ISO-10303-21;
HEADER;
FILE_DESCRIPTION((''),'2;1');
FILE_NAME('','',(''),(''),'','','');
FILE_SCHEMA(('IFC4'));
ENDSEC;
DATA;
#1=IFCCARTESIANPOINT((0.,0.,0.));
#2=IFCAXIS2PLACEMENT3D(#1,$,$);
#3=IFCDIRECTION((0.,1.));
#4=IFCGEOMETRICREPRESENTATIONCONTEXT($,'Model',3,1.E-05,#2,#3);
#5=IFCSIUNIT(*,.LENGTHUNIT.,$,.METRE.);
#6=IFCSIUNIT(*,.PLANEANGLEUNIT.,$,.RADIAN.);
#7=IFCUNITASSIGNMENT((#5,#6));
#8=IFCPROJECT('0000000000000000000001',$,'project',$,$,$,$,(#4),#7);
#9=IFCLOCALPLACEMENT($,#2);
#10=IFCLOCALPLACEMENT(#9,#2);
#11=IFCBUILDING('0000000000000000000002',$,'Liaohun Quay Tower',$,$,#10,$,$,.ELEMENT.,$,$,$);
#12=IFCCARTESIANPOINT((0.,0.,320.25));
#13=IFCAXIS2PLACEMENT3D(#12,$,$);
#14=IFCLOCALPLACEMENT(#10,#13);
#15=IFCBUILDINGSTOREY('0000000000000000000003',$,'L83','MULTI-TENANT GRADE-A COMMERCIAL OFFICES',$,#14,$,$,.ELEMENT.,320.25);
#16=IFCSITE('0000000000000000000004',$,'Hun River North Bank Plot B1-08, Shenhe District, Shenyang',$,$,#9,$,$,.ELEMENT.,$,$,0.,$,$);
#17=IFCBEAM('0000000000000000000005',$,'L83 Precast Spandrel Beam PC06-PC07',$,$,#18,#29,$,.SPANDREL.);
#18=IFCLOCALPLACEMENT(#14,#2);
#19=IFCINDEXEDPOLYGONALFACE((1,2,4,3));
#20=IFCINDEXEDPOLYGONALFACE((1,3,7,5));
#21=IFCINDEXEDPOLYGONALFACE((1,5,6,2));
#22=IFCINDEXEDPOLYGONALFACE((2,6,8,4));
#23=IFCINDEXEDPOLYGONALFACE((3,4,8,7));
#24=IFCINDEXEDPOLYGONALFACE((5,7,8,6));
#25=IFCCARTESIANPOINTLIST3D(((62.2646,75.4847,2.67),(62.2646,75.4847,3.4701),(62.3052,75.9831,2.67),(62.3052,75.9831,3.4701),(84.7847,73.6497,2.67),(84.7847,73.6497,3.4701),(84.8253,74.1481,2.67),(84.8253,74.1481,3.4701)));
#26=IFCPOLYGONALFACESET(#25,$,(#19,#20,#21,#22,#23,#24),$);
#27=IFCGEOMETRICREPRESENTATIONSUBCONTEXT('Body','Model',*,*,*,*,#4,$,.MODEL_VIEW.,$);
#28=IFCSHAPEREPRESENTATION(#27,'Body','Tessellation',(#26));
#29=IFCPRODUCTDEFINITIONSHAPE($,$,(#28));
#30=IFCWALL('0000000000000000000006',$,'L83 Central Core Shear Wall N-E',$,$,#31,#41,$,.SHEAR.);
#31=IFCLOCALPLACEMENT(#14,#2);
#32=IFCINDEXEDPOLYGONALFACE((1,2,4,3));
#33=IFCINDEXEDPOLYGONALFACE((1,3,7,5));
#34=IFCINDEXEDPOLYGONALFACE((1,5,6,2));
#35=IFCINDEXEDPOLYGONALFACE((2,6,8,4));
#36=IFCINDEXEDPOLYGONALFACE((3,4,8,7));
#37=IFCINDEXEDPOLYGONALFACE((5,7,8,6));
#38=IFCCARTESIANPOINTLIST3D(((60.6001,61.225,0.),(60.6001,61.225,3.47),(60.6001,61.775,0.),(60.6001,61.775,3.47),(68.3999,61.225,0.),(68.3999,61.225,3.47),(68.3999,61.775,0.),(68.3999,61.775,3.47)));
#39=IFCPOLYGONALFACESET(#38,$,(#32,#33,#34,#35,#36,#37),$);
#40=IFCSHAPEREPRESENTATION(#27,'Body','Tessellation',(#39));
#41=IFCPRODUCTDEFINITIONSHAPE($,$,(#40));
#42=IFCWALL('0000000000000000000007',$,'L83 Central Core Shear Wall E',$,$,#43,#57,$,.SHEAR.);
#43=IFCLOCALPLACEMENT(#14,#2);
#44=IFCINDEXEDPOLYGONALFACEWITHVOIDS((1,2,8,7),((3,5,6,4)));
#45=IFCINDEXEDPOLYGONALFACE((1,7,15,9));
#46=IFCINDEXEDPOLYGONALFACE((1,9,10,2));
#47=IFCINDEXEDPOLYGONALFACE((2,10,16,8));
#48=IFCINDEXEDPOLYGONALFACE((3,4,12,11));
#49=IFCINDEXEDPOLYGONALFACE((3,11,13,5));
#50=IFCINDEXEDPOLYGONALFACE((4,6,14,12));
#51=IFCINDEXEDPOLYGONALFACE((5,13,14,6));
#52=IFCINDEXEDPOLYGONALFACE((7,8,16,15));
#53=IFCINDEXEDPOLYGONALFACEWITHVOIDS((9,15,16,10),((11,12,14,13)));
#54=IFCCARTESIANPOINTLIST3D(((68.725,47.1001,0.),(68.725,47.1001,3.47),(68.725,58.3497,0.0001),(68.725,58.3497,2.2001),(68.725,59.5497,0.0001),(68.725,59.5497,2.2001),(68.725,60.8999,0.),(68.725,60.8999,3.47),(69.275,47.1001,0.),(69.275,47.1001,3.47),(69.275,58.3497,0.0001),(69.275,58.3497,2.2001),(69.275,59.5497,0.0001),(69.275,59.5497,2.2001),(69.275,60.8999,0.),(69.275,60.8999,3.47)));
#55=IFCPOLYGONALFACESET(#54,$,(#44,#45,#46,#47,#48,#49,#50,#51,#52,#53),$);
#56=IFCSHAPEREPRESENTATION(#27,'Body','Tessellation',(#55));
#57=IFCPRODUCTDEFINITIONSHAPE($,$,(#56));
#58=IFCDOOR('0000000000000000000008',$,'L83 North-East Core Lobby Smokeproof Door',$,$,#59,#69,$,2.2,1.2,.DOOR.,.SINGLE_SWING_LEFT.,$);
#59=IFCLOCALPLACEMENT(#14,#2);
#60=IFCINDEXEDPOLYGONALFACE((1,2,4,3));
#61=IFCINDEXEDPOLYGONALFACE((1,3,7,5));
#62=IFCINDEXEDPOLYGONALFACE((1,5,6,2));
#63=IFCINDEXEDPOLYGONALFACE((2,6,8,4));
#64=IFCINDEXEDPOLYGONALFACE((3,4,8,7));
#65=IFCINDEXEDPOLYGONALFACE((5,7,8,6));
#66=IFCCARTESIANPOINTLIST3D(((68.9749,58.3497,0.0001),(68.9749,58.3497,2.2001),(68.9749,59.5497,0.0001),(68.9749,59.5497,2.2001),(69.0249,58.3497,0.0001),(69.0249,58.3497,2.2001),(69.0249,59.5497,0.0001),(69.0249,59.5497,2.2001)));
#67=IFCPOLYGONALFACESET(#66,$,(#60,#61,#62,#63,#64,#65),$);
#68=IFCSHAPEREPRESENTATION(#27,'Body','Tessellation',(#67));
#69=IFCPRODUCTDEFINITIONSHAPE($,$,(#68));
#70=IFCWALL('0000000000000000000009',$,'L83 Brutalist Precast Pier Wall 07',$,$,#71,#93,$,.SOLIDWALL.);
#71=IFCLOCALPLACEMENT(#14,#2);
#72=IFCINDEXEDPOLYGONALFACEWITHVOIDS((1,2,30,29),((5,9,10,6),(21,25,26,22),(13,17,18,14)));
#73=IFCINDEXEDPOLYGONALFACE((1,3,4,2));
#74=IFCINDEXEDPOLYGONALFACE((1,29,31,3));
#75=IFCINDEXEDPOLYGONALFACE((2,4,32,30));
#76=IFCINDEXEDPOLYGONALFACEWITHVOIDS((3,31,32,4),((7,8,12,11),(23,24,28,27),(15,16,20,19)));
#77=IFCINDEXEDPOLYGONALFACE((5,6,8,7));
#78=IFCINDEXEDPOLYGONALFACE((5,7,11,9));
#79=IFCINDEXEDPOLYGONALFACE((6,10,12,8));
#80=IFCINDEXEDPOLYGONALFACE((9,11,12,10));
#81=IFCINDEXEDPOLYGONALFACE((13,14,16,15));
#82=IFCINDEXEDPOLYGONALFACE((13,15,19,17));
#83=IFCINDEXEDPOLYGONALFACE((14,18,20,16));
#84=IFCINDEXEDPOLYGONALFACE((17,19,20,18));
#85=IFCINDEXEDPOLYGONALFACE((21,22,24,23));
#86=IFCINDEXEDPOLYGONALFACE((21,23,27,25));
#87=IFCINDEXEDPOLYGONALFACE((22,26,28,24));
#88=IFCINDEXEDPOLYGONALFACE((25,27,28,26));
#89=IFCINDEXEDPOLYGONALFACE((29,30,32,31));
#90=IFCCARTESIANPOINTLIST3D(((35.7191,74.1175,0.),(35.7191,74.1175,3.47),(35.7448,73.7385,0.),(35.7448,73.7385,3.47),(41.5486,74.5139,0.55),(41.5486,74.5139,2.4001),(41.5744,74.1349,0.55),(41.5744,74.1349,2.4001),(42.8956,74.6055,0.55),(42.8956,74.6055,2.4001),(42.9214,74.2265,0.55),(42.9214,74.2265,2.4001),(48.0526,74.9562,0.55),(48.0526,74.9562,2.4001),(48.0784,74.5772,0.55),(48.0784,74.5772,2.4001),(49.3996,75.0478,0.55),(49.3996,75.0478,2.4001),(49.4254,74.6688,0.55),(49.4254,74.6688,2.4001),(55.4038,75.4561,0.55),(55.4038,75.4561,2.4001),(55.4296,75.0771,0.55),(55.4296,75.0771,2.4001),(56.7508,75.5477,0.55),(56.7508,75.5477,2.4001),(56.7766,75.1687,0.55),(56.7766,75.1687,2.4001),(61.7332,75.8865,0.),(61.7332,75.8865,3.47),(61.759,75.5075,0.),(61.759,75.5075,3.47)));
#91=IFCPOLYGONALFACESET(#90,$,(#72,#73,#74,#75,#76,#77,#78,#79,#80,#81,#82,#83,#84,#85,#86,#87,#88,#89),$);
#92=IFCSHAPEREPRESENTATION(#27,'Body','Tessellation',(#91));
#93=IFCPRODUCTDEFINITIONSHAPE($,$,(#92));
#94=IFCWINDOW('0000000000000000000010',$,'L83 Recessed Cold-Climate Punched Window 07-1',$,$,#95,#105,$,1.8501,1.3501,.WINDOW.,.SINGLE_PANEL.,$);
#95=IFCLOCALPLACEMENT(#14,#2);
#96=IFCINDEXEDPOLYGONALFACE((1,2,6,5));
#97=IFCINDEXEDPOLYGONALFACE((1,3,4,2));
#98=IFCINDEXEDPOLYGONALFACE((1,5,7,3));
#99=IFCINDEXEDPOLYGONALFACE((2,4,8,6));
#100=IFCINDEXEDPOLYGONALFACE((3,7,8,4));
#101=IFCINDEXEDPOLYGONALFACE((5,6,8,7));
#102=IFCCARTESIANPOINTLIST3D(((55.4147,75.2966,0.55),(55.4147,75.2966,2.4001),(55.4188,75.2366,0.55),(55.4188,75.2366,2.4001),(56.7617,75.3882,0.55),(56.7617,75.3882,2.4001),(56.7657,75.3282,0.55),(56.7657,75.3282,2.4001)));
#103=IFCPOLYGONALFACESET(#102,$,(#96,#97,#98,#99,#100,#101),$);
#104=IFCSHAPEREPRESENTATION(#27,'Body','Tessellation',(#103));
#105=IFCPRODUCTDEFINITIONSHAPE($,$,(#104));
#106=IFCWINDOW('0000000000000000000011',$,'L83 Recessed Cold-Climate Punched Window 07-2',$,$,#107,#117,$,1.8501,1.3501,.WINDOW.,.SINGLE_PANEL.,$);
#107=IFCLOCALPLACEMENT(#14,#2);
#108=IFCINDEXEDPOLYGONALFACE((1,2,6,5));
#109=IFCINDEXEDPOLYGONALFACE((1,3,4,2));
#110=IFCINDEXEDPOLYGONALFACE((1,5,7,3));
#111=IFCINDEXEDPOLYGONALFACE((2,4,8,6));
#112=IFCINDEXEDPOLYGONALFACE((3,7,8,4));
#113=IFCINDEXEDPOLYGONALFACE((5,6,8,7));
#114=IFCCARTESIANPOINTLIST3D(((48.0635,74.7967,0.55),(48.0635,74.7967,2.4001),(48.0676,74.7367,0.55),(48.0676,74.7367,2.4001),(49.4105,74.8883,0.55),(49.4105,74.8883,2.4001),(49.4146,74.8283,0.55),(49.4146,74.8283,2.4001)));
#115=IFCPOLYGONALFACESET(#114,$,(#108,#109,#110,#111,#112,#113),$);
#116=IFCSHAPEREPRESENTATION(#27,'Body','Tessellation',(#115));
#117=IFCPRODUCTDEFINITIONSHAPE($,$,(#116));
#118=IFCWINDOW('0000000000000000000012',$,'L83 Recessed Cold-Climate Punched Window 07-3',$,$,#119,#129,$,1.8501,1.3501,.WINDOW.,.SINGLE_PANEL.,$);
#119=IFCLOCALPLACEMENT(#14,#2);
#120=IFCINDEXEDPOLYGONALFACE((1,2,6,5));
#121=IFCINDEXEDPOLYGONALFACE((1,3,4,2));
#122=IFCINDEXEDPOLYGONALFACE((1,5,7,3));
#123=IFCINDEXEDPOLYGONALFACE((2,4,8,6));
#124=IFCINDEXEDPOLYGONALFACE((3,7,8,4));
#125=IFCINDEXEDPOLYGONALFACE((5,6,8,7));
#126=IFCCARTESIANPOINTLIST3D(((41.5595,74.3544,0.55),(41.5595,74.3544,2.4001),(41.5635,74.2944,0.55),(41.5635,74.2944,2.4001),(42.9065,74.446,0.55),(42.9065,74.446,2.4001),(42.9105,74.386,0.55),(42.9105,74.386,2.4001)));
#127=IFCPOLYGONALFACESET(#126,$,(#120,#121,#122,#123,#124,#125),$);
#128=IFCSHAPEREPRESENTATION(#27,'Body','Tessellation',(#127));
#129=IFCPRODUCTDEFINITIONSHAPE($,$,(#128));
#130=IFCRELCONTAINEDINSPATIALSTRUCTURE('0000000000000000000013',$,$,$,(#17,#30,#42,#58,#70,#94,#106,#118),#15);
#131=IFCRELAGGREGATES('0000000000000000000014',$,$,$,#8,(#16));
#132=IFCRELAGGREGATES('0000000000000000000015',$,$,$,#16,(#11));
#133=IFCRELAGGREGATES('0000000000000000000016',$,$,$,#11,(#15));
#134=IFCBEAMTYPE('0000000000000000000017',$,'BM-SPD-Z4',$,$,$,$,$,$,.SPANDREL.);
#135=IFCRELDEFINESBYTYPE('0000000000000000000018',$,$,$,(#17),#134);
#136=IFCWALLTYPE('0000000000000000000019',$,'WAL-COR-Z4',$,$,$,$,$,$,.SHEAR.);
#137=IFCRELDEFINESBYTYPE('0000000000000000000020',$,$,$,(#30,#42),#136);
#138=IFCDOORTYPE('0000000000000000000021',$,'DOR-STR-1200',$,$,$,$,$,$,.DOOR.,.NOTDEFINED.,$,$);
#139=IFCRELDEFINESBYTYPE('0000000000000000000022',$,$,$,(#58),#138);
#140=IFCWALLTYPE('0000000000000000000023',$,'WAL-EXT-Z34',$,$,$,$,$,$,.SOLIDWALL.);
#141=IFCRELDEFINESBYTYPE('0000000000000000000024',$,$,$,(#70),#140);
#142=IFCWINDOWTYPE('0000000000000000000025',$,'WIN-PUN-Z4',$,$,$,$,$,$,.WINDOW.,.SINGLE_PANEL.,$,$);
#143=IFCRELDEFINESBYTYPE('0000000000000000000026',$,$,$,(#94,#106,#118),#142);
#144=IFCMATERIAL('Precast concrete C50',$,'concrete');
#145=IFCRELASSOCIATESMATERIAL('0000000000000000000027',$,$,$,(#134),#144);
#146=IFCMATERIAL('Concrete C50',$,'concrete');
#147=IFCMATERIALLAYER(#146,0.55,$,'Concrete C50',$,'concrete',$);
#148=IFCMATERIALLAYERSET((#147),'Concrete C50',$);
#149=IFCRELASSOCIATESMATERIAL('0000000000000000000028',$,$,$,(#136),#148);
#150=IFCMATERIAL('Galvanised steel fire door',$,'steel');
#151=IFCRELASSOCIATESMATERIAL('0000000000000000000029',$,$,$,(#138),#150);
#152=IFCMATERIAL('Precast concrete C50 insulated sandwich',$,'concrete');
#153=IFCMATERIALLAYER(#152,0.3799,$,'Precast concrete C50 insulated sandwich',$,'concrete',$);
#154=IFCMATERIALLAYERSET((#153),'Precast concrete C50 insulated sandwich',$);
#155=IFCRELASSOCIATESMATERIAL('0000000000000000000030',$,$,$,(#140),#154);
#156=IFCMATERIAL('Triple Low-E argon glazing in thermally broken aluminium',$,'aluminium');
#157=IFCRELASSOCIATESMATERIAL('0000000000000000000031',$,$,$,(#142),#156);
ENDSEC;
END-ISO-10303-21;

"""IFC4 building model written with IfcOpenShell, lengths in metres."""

from ifc_helpers import new_model, si_unit, direction, frame, frame_2d, origin, origin_2d, place, context, subcontext, project, spatial, rectangle, extrude, source, transform, mapped, material, layer, layer_set, material_profile, profile_set, type_object, element, fill, save


model = new_model("IFC4")

# Units and contexts
model_context = context("Model", 3, precision=1e-05, world=origin(), true_north=direction((0.0, 1.0)))
body_context = subcontext(model_context, "Body", "Model", "MODEL_VIEW")
ifc_project = project(units=[si_unit("LENGTHUNIT", "METRE"), si_unit("PLANEANGLEUNIT", "RADIAN")], contexts=[model_context])

# Site, building, storey
site_placement = place(None, origin())
site = spatial("IfcSite", under=ifc_project, at=site_placement, Name="Hun River North Bank Plot B1-08, Shenhe District, Shenyang", CompositionType="ELEMENT", RefElevation=0.0)
building_placement = place(site_placement, origin())
building = spatial("IfcBuilding", under=site, at=building_placement, Name="Liaohun Quay Tower", CompositionType="ELEMENT")
storey_placement = place(building_placement, frame((0.0, 0.0, 320.25)))
storey = spatial("IfcBuildingStorey", under=building, at=storey_placement, Name="L83", Description="MULTI-TENANT GRADE-A COMMERCIAL OFFICES", CompositionType="ELEMENT", Elevation=320.25)

# Shared definitions
ifc_material_1 = material(Name="Concrete C50", Category="concrete")

# Beam
ifc_material_2 = material(Name="Precast concrete C50", Category="concrete")
ifc_material_profile_1 = material_profile(ifc_material_2, rectangle(XDim=0.5, YDim=0.8, at=origin_2d()), Name="RC500x800")
ifc_profile_set_1 = profile_set([ifc_material_profile_1], Name="Precast concrete C50")
beam_type_1 = type_object("IfcBeamType", Name="BM-SPD-Z4", PredefinedType="SPANDREL", material=ifc_profile_set_1)
shared_shape_1 = source(origin(), body_context, "Body", "SweptSolid", [
    extrude(rectangle(XDim=0.5, YDim=0.8, at=origin_2d()), origin(), (0.0, 0.0, 1.0), 22.5947),
])
beam_1_placement = place(storey_placement, frame((62.2849, 75.7339, 3.0701), z_axis=(0.996697, -0.081212, 0.0), x_axis=(0.081212, 0.996697, 0.0)))
element("IfcBeam", 1, at=beam_1_placement, inside=storey, type_object=beam_type_1, Name="L83 Precast Spandrel Beam PC06-PC07", PredefinedType="SPANDREL", context=body_context, shape_type="MappedRepresentation", body=[
    mapped(shared_shape_1, transform((0.0, 0.0, 0.0), x_axis=(1.0, 0.0, 0.0), y_axis=(0.0, 1.0, 0.0), z_axis=(0.0, 0.0, 1.0), scale=1.0)),
])

# Wall
ifc_layer_1 = layer(ifc_material_1, 0.55, Name="Concrete C50", Category="concrete")
ifc_layer_set_1 = layer_set([ifc_layer_1], Name="Concrete C50")
wall_type_1 = type_object("IfcWallType", Name="WAL-COR-Z4", PredefinedType="SHEAR", material=ifc_layer_set_1)
wall_1_placement = place(storey_placement, frame((60.6001, 61.5, 0.0), z_axis=(0.0, 0.0, 1.0), x_axis=(1.0, 0.0, 0.0)))
element("IfcWall", 2, at=wall_1_placement, inside=storey, type_object=wall_type_1, Name="L83 Central Core Shear Wall N-E", PredefinedType="SHEAR", context=body_context, shape_type="SweptSolid", body=[
    extrude(rectangle(XDim=7.7998, YDim=0.55, at=frame_2d((3.8999, 0.0))), origin(), (0.0, 0.0, 1.0), 3.47),
])

# Wall, opening, door
wall_2_placement = place(storey_placement, frame((69.0, 60.8999, 0.0), z_axis=(0.0, 0.0, 1.0), x_axis=(0.0, -1.0, 0.0)))
wall_2 = element("IfcWall", 3, at=wall_2_placement, inside=storey, type_object=wall_type_1, Name="L83 Central Core Shear Wall E", PredefinedType="SHEAR", context=body_context, shape_type="SweptSolid", body=[
    extrude(rectangle(XDim=13.7998, YDim=0.55, at=frame_2d((6.8999, 0.0))), origin(), (0.0, 0.0, 1.0), 3.47),
])
shared_shape_2 = source(origin(), body_context, "Body", "SweptSolid", [
    extrude(rectangle(XDim=1.2, YDim=2.2, at=frame_2d((0.6001, 1.1001))), frame((0.0, 0.2849, 0.0), z_axis=(0.0, -1.0, 0.0), x_axis=(1.0, 0.0, 0.0)), (0.0, 0.0, 1.0), 0.5701),
])
opening_1_placement = place(wall_2_placement, frame((1.3501, 0.0, 0.0)))
opening_1 = element("IfcOpeningElement", 4, at=opening_1_placement, cuts=wall_2, PredefinedType="OPENING", context=body_context, shape_type="MappedRepresentation", body=[
    mapped(shared_shape_2, transform((0.0, 0.0, 0.0), x_axis=(1.0, 0.0, 0.0), y_axis=(0.0, 1.0, 0.0), z_axis=(0.0, 0.0, 1.0), scale=1.0)),
])
ifc_material_3 = material(Name="Galvanised steel fire door", Category="steel")
door_type_1 = type_object("IfcDoorType", Name="DOR-STR-1200", OperationType="NOTDEFINED", PredefinedType="DOOR", material=ifc_material_3)
shared_shape_3 = source(origin(), body_context, "Body", "SweptSolid", [
    extrude(rectangle(XDim=1.2, YDim=2.2, at=frame_2d((0.6001, 1.1001))), frame((0.0, 0.0249, 0.0), z_axis=(0.0, -1.0, 0.0), x_axis=(1.0, 0.0, 0.0)), (0.0, 0.0, 1.0), 0.05),
])
door_1_placement = place(opening_1_placement, origin())
door_1 = element("IfcDoor", 5, at=door_1_placement, inside=storey, type_object=door_type_1, Name="L83 North-East Core Lobby Smokeproof Door", OperationType="SINGLE_SWING_LEFT", OverallHeight=2.2, OverallWidth=1.2, PredefinedType="DOOR", context=body_context, shape_type="MappedRepresentation", body=[
    mapped(shared_shape_3, transform((0.0, 0.0, 0.0), x_axis=(1.0, 0.0, 0.0), y_axis=(0.0, 1.0, 0.0), z_axis=(0.0, 0.0, 1.0), scale=1.0)),
])
fill(opening_1, door_1)

# Wall, openings, windows
ifc_material_4 = material(Name="Precast concrete C50 insulated sandwich", Category="concrete")
ifc_layer_2 = layer(ifc_material_4, 0.3799, Name="Precast concrete C50 insulated sandwich", Category="concrete")
ifc_layer_set_2 = layer_set([ifc_layer_2], Name="Precast concrete C50 insulated sandwich")
wall_type_2 = type_object("IfcWallType", Name="WAL-EXT-Z34", PredefinedType="SOLIDWALL", material=ifc_layer_set_2)
wall_3_placement = place(storey_placement, frame((61.7461, 75.697, 0.0), z_axis=(0.0, 0.0, 1.0), x_axis=(-0.997696, -0.067846, 0.0)))
wall_3 = element("IfcWall", 6, at=wall_3_placement, inside=storey, type_object=wall_type_2, Name="L83 Brutalist Precast Pier Wall 07", PredefinedType="SOLIDWALL", context=body_context, shape_type="SweptSolid", body=[
    extrude(rectangle(XDim=26.0742, YDim=0.3799, at=frame_2d((13.0371, 0.0))), origin(), (0.0, 0.0, 1.0), 3.47),
])
shared_shape_4 = source(origin(), body_context, "Body", "SweptSolid", [
    extrude(rectangle(XDim=1.3501, YDim=1.8501, at=frame_2d((0.675, 0.925))), frame((0.0, 0.2, 0.0), z_axis=(0.0, -1.0, 0.0), x_axis=(1.0, 0.0, 0.0)), (0.0, 0.0, 1.0), 0.3999),
])
opening_2_placement = place(wall_3_placement, frame((4.9939, 0.0, 0.55)))
opening_2 = element("IfcOpeningElement", 7, at=opening_2_placement, cuts=wall_3, PredefinedType="OPENING", context=body_context, shape_type="MappedRepresentation", body=[
    mapped(shared_shape_4, transform((0.0, 0.0, 0.0), x_axis=(1.0, 0.0, 0.0), y_axis=(0.0, 1.0, 0.0), z_axis=(0.0, 0.0, 1.0), scale=1.0)),
])
opening_3_placement = place(wall_3_placement, frame((12.3621, 0.0, 0.55)))
opening_3 = element("IfcOpeningElement", 8, at=opening_3_placement, cuts=wall_3, PredefinedType="OPENING", context=body_context, shape_type="MappedRepresentation", body=[
    mapped(shared_shape_4, transform((0.0, 0.0, 0.0), x_axis=(1.0, 0.0, 0.0), y_axis=(0.0, 1.0, 0.0), z_axis=(0.0, 0.0, 1.0), scale=1.0)),
])
opening_4_placement = place(wall_3_placement, frame((18.8811, 0.0, 0.55)))
opening_4 = element("IfcOpeningElement", 9, at=opening_4_placement, cuts=wall_3, PredefinedType="OPENING", context=body_context, shape_type="MappedRepresentation", body=[
    mapped(shared_shape_4, transform((0.0, 0.0, 0.0), x_axis=(1.0, 0.0, 0.0), y_axis=(0.0, 1.0, 0.0), z_axis=(0.0, 0.0, 1.0), scale=1.0)),
])
ifc_material_5 = material(Name="Triple Low-E argon glazing in thermally broken aluminium", Category="aluminium")
window_type = type_object("IfcWindowType", Name="WIN-PUN-Z4", PartitioningType="SINGLE_PANEL", PredefinedType="WINDOW", material=ifc_material_5)
shared_shape_5 = source(origin(), body_context, "Body", "SweptSolid", [
    extrude(rectangle(XDim=1.3501, YDim=1.8501, at=frame_2d((0.675, 0.925))), frame((0.0, 0.03, 0.0), z_axis=(0.0, -1.0, 0.0), x_axis=(1.0, 0.0, 0.0)), (0.0, 0.0, 1.0), 0.0601),
])
window_1_placement = place(opening_2_placement, origin())
window_1 = element("IfcWindow", 10, at=window_1_placement, inside=storey, type_object=window_type, Name="L83 Recessed Cold-Climate Punched Window 07-1", OverallHeight=1.8501, OverallWidth=1.3501, PartitioningType="SINGLE_PANEL", PredefinedType="WINDOW", context=body_context, shape_type="MappedRepresentation", body=[
    mapped(shared_shape_5, transform((0.0, 0.0, 0.0), x_axis=(1.0, 0.0, 0.0), y_axis=(0.0, 1.0, 0.0), z_axis=(0.0, 0.0, 1.0), scale=1.0)),
])
fill(opening_2, window_1)
window_2_placement = place(opening_3_placement, origin())
window_2 = element("IfcWindow", 11, at=window_2_placement, inside=storey, type_object=window_type, Name="L83 Recessed Cold-Climate Punched Window 07-2", OverallHeight=1.8501, OverallWidth=1.3501, PartitioningType="SINGLE_PANEL", PredefinedType="WINDOW", context=body_context, shape_type="MappedRepresentation", body=[
    mapped(shared_shape_5, transform((0.0, 0.0, 0.0), x_axis=(1.0, 0.0, 0.0), y_axis=(0.0, 1.0, 0.0), z_axis=(0.0, 0.0, 1.0), scale=1.0)),
])
fill(opening_3, window_2)
window_3_placement = place(opening_4_placement, origin())
window_3 = element("IfcWindow", 12, at=window_3_placement, inside=storey, type_object=window_type, Name="L83 Recessed Cold-Climate Punched Window 07-3", OverallHeight=1.8501, OverallWidth=1.3501, PartitioningType="SINGLE_PANEL", PredefinedType="WINDOW", context=body_context, shape_type="MappedRepresentation", body=[
    mapped(shared_shape_5, transform((0.0, 0.0, 0.0), x_axis=(1.0, 0.0, 0.0), y_axis=(0.0, 1.0, 0.0), z_axis=(0.0, 0.0, 1.0), scale=1.0)),
])
fill(opening_4, window_3)

save(model, "model.ifc")
